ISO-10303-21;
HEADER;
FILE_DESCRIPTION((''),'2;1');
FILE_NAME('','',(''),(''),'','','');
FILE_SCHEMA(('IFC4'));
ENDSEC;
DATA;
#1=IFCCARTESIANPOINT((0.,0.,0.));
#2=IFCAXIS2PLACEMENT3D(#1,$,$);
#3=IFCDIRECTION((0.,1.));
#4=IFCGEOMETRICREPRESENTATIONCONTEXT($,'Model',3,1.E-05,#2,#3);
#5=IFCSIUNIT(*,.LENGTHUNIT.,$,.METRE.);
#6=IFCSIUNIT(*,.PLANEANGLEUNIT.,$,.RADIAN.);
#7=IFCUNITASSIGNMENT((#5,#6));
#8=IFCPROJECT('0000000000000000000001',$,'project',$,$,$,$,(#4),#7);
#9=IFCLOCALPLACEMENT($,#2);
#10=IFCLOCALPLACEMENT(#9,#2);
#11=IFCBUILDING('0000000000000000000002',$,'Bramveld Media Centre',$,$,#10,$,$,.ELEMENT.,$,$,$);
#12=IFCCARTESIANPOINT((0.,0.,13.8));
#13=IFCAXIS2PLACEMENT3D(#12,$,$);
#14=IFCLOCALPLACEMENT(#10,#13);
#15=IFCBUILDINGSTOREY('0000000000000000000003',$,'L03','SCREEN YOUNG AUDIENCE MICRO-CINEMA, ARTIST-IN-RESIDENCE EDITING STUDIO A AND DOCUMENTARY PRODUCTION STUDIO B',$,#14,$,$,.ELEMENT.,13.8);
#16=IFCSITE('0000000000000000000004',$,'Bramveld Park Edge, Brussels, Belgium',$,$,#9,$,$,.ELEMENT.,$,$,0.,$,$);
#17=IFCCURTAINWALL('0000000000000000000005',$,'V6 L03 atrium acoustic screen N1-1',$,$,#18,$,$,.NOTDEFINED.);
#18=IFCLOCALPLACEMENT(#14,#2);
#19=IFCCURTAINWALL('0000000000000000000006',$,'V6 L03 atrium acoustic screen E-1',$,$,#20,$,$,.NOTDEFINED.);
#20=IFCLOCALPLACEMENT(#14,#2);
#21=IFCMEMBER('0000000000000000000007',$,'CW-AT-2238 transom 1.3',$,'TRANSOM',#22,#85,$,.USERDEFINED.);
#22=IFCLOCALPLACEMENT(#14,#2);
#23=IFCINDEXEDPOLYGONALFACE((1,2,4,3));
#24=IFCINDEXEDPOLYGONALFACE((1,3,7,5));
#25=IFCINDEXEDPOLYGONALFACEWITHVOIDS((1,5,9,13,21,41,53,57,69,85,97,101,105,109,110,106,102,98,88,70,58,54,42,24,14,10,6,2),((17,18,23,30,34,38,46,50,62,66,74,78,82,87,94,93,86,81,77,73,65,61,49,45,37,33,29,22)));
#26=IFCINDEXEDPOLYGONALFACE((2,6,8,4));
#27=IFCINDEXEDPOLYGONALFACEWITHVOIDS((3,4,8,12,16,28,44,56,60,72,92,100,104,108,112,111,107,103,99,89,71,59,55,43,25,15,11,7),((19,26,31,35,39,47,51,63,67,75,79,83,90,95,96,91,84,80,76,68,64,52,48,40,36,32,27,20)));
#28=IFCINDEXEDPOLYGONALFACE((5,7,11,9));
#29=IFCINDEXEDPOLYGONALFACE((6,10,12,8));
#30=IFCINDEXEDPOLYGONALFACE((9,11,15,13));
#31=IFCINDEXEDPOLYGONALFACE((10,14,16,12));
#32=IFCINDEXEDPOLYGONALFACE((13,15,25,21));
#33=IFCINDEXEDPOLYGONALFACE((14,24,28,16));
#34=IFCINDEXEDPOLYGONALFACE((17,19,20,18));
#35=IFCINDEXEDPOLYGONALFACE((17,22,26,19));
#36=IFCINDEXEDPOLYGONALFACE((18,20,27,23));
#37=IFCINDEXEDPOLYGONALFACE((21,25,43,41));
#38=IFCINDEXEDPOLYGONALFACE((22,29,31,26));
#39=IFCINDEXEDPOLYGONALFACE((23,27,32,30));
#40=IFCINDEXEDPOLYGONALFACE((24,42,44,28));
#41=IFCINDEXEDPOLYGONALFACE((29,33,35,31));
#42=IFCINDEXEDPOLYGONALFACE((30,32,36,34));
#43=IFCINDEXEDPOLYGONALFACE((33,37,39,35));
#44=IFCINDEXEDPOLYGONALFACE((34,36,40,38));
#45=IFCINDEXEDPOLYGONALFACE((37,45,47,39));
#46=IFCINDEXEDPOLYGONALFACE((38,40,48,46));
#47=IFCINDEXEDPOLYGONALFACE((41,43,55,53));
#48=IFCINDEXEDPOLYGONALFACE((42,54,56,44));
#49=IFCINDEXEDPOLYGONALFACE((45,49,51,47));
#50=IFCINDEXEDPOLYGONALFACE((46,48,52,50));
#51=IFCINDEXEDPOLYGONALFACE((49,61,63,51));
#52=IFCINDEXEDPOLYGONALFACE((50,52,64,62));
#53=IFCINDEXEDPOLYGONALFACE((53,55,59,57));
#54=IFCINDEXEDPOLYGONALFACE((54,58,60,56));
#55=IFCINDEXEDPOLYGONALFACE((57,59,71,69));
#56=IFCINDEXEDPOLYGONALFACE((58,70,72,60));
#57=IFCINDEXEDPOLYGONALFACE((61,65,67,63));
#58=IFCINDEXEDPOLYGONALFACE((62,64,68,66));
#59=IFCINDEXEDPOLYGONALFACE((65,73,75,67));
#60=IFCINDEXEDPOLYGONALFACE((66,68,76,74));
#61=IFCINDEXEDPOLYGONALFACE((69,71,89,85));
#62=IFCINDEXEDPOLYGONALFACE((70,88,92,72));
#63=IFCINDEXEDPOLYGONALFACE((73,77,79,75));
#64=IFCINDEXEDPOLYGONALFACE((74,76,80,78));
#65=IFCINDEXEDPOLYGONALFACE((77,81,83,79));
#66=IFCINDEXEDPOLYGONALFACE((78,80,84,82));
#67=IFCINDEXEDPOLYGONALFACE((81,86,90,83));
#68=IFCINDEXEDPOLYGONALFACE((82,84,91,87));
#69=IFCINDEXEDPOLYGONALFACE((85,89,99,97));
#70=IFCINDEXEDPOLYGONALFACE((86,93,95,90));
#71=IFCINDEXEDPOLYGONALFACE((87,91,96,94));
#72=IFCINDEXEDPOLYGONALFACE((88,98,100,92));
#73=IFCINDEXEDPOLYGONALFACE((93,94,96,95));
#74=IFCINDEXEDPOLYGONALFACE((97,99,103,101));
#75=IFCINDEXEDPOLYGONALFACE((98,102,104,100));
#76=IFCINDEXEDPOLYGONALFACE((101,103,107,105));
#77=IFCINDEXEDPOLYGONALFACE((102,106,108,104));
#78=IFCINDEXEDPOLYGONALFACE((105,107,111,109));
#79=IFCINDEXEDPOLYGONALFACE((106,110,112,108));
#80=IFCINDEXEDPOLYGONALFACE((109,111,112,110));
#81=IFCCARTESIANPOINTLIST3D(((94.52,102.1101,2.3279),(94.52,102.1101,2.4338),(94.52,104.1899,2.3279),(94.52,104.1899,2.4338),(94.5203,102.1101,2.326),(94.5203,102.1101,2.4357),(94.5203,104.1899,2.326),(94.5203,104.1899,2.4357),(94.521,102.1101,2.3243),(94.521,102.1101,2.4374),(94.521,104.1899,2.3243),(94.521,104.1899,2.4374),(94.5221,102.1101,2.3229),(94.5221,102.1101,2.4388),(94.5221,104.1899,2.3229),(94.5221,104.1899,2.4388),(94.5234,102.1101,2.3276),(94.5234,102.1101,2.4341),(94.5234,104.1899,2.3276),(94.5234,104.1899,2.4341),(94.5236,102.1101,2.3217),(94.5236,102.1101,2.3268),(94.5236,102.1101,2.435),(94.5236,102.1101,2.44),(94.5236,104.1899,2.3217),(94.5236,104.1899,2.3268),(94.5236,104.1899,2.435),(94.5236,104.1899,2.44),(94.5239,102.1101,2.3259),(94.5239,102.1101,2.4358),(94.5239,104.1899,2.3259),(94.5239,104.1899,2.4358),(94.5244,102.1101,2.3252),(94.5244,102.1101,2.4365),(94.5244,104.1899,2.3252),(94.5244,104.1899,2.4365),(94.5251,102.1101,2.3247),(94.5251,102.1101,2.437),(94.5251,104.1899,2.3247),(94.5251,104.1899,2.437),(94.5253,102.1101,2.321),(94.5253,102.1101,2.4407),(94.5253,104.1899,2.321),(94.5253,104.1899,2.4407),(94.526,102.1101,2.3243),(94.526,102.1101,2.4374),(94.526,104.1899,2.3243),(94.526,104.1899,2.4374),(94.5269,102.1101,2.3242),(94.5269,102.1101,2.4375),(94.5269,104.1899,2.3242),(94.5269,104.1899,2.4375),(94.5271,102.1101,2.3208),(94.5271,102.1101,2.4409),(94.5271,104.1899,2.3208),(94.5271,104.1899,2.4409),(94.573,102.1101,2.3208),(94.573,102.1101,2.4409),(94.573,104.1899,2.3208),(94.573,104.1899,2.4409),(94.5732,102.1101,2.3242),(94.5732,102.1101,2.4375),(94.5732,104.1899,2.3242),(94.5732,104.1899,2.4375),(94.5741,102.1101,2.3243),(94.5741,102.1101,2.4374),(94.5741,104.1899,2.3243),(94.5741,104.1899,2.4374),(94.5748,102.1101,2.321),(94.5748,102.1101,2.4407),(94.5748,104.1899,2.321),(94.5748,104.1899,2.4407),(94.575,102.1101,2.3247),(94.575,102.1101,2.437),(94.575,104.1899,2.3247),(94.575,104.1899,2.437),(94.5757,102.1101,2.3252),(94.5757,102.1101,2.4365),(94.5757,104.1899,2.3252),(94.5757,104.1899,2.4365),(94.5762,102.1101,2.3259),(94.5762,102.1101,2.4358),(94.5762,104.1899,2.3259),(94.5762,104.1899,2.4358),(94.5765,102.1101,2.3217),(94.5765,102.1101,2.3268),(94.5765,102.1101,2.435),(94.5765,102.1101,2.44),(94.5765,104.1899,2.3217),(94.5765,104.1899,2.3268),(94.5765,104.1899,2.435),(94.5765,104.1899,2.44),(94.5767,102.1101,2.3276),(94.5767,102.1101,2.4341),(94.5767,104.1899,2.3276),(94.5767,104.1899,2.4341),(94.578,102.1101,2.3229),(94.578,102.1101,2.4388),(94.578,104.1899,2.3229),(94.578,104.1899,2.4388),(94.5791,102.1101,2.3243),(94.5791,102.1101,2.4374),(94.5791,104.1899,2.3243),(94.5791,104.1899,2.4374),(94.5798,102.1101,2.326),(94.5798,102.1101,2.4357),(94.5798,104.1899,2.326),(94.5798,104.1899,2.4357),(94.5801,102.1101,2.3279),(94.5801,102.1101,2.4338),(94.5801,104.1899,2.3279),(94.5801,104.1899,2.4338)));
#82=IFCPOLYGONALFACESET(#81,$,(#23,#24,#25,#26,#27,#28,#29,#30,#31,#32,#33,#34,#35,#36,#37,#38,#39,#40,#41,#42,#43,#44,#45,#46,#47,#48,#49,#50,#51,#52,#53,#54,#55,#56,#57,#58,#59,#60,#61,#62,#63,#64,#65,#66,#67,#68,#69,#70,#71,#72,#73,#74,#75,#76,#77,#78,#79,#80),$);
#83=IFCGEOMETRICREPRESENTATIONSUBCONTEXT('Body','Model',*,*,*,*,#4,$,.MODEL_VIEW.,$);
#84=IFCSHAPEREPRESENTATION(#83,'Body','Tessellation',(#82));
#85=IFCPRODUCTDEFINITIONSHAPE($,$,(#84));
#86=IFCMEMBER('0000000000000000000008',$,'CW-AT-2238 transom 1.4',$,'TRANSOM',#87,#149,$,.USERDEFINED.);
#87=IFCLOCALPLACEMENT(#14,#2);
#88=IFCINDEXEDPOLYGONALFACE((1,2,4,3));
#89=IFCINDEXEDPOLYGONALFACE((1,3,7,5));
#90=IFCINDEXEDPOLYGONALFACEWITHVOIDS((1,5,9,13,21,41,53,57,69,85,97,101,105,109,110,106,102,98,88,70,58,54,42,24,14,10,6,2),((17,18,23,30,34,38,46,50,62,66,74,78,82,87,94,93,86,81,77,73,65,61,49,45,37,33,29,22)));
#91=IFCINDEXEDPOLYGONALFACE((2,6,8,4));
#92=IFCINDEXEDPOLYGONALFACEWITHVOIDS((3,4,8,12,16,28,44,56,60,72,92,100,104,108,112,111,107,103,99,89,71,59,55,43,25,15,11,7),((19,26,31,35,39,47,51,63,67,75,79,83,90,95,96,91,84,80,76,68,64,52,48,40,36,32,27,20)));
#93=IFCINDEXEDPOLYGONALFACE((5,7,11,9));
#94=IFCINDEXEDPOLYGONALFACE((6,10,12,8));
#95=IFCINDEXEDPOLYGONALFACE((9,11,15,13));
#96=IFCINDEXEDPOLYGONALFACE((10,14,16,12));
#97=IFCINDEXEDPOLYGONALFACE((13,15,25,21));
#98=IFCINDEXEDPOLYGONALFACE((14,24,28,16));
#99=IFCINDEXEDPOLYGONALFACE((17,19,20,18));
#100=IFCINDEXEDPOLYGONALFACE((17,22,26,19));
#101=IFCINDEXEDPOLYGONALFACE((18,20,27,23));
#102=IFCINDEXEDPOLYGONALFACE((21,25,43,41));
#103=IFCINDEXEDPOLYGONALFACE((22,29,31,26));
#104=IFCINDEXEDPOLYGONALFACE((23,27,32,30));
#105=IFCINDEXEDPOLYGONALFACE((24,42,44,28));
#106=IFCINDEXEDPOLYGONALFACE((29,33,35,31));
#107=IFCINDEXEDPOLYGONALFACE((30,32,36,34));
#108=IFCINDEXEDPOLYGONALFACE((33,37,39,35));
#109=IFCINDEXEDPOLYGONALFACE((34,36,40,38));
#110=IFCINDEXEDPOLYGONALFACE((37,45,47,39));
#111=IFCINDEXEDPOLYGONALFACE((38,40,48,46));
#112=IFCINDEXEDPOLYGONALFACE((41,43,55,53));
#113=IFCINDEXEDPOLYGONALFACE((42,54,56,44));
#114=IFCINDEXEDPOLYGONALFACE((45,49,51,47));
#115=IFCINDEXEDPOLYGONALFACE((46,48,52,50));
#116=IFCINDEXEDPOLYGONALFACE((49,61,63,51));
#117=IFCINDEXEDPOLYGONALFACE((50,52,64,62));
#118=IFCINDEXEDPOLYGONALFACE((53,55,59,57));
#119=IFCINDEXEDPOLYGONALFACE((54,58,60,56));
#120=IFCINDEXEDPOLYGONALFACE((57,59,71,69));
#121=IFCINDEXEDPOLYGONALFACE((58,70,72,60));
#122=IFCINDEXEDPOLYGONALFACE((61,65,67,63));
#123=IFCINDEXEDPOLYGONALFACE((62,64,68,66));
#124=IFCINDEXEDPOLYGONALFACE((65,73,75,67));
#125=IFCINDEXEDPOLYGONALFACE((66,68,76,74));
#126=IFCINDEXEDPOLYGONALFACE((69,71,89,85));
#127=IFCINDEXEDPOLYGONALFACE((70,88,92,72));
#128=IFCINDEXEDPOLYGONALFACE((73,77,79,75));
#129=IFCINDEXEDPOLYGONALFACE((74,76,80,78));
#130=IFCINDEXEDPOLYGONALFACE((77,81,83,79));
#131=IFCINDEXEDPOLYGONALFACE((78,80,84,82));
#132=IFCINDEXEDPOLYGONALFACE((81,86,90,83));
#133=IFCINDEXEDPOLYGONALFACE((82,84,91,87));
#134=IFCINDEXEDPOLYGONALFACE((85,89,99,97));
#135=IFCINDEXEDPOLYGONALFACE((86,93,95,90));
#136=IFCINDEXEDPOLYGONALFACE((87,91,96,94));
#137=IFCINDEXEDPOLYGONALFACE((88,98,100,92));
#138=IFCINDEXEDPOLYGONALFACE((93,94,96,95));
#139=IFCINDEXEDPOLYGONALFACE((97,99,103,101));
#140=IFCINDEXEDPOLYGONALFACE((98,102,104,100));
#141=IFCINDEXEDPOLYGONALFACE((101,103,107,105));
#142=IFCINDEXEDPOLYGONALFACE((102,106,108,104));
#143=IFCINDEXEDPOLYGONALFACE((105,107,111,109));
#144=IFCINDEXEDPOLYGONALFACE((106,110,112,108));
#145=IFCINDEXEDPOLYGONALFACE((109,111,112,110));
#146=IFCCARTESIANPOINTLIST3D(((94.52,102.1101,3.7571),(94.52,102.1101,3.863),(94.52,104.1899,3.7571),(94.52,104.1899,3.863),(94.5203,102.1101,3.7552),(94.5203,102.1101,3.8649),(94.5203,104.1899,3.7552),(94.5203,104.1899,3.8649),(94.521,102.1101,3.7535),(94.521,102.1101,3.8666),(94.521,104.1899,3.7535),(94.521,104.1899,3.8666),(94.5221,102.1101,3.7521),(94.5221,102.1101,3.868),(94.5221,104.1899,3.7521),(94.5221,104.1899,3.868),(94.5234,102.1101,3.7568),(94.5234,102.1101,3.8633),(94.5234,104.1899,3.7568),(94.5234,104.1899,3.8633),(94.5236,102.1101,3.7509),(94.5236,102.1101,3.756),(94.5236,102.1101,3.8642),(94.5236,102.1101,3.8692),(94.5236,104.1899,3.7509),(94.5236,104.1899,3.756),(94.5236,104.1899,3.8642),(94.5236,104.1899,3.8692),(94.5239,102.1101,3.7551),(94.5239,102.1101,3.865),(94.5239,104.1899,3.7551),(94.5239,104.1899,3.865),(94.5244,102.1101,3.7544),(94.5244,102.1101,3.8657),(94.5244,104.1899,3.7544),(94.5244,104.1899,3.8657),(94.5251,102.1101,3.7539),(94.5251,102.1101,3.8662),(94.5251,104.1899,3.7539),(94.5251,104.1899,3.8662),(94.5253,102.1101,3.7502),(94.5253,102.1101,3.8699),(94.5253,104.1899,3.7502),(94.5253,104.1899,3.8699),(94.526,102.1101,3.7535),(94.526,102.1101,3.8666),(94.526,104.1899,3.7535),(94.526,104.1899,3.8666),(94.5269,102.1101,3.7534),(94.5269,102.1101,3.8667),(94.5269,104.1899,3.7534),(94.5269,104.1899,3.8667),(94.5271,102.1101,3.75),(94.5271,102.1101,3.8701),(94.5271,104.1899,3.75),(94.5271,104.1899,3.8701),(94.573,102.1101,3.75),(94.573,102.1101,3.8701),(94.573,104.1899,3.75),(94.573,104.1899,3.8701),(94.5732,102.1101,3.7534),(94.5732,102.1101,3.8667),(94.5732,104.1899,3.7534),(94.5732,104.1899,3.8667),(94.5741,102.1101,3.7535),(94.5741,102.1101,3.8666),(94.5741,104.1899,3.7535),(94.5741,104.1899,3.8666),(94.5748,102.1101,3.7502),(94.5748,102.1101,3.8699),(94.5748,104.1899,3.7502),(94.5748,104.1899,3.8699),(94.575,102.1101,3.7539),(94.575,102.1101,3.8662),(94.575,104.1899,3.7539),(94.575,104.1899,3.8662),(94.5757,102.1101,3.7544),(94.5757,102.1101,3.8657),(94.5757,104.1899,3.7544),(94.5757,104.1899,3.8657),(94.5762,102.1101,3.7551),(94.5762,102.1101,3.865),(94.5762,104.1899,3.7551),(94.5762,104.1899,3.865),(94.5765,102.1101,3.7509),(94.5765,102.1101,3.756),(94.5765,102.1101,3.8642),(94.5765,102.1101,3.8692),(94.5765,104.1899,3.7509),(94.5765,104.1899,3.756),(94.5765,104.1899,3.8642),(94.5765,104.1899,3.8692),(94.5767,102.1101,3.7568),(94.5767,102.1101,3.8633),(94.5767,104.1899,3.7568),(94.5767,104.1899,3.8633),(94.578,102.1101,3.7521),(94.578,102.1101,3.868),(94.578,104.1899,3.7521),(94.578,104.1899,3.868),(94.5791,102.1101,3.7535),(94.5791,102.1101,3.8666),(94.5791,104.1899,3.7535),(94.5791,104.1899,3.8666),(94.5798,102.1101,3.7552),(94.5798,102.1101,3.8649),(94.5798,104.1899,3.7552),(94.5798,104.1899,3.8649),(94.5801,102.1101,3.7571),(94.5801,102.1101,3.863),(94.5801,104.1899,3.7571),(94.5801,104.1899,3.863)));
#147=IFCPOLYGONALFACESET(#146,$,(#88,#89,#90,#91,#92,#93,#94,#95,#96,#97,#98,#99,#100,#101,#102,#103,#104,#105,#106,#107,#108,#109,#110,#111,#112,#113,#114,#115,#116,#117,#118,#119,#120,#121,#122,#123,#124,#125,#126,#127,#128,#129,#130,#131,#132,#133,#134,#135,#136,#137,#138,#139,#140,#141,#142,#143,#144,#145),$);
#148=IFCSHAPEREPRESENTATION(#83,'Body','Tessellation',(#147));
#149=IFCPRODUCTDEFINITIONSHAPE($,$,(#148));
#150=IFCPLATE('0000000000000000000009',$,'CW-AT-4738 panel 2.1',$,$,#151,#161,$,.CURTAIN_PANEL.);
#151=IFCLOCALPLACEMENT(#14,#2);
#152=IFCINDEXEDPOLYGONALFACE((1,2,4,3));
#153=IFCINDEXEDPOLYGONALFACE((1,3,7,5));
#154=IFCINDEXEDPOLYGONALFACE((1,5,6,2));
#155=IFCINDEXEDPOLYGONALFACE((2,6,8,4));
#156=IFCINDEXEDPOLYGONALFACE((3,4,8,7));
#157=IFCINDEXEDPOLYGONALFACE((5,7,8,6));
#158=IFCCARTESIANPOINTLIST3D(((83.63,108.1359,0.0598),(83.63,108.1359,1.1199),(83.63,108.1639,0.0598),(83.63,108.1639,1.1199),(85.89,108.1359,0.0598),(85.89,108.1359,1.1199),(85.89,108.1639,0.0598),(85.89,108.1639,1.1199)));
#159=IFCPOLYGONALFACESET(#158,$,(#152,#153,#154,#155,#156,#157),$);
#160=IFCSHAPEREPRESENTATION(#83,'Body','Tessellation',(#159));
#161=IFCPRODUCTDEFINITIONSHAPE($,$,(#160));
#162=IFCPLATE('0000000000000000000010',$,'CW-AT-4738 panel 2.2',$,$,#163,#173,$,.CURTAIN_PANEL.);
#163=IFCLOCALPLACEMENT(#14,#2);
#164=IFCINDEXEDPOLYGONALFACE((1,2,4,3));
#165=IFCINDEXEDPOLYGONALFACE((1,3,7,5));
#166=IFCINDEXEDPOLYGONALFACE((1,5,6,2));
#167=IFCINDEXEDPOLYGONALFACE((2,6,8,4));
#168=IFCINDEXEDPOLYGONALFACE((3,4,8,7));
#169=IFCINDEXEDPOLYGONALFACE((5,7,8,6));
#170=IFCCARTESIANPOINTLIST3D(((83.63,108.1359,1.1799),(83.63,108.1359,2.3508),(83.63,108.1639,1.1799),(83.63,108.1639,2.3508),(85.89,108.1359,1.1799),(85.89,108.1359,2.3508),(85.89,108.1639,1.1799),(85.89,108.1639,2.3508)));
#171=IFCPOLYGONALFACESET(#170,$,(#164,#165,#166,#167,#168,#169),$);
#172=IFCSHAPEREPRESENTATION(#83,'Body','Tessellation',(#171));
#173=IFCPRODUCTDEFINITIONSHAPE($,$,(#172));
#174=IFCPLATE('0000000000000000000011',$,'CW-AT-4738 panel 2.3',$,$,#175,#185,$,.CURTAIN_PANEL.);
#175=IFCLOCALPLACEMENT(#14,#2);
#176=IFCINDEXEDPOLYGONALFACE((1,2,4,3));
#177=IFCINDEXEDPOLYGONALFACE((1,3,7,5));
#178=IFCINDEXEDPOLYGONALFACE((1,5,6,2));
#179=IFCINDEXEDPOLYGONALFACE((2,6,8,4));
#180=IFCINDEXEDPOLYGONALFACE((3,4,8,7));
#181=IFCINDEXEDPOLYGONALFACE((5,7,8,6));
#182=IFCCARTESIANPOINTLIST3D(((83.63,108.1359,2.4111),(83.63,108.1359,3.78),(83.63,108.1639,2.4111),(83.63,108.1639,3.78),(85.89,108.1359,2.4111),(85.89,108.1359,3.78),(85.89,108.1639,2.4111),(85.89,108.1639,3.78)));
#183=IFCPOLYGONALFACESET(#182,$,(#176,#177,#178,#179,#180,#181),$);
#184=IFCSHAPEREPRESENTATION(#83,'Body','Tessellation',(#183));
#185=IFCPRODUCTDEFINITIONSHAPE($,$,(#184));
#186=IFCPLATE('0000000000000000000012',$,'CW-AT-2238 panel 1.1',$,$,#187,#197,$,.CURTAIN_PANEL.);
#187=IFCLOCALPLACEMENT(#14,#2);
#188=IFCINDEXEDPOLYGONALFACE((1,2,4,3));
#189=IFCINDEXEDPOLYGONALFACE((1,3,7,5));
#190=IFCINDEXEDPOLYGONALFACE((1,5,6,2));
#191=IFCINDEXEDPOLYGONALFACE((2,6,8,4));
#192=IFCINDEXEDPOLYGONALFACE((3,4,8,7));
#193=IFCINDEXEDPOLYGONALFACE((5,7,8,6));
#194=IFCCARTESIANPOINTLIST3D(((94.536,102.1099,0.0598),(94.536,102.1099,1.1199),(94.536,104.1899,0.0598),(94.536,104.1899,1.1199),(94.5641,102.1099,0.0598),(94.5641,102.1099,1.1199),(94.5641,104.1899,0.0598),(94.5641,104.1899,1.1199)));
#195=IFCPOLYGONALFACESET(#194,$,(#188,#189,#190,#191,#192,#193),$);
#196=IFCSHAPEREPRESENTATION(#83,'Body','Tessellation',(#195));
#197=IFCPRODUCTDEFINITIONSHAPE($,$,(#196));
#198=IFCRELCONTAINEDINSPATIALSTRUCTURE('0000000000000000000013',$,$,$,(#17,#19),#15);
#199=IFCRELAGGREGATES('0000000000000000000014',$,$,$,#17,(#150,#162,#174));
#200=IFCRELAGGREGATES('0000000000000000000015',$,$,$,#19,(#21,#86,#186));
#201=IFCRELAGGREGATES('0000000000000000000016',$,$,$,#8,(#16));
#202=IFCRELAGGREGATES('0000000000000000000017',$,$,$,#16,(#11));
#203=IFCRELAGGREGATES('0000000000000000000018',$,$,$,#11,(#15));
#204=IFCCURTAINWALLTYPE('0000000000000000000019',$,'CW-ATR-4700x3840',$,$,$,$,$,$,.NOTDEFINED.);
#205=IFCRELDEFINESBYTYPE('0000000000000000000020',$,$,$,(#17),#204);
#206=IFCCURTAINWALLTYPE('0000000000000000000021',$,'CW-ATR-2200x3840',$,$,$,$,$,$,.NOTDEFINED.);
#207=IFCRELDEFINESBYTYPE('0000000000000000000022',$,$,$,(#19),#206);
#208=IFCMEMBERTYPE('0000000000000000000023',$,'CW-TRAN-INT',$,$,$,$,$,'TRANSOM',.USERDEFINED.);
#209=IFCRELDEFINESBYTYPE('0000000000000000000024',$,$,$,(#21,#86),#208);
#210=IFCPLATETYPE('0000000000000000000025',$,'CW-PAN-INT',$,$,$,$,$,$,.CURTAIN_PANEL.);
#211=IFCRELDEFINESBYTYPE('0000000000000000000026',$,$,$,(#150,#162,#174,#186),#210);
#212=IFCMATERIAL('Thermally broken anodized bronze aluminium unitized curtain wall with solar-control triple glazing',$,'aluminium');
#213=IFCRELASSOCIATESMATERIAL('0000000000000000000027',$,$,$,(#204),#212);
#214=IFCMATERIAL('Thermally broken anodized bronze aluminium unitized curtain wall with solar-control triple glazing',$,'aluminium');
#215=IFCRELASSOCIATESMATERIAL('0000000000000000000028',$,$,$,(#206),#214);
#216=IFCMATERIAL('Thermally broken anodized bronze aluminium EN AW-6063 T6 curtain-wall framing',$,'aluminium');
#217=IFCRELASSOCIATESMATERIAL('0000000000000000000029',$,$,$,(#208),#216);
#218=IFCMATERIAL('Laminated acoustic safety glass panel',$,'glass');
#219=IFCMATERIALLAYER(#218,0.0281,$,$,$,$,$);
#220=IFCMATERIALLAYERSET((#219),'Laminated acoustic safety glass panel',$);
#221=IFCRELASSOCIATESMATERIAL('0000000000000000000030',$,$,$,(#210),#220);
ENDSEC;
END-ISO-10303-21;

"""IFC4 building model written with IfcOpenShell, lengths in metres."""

from ifc_helpers import new_model, si_unit, direction, frame, origin, origin_2d, place, context, subcontext, project, spatial, rectangle, hollow_rectangle, extrude, material, layer, layer_set, material_profile, profile_set, type_object, element, aggregate, save


model = new_model("IFC4")

# Units and contexts
model_context = context("Model", 3, precision=1e-05, world=origin(), true_north=direction((0.0, 1.0)))
body_context = subcontext(model_context, "Body", "Model", "MODEL_VIEW")
ifc_project = project(units=[si_unit("LENGTHUNIT", "METRE"), si_unit("PLANEANGLEUNIT", "RADIAN")], contexts=[model_context])

# Site, building, storey
site_placement = place(None, origin())
site = spatial("IfcSite", under=ifc_project, at=site_placement, Name="Bramveld Park Edge, Brussels, Belgium", CompositionType="ELEMENT", RefElevation=0.0)
building_placement = place(site_placement, origin())
building = spatial("IfcBuilding", under=site, at=building_placement, Name="Bramveld Media Centre", CompositionType="ELEMENT")
storey_placement = place(building_placement, frame((0.0, 0.0, 13.8)))
storey = spatial("IfcBuildingStorey", under=building, at=storey_placement, Name="L03", Description="SCREEN YOUNG AUDIENCE MICRO-CINEMA, ARTIST-IN-RESIDENCE EDITING STUDIO A AND DOCUMENTARY PRODUCTION STUDIO B", CompositionType="ELEMENT", Elevation=13.8)

# Curtain wall
ifc_material_1 = material(Name="Thermally broken anodized bronze aluminium unitized curtain wall with solar-control triple glazing", Category="aluminium")
curtain_wall_type_1 = type_object("IfcCurtainWallType", Name="CW-ATR-4700x3840", PredefinedType="NOTDEFINED", material=ifc_material_1)
curtain_wall_1_placement = place(storey_placement, origin())
curtain_wall_1 = element("IfcCurtainWall", 1, at=curtain_wall_1_placement, inside=storey, type_object=curtain_wall_type_1, Name="V6 L03 atrium acoustic screen N1-1", PredefinedType="NOTDEFINED")

# Curtain wall
ifc_material_2 = material(Name="Thermally broken anodized bronze aluminium unitized curtain wall with solar-control triple glazing", Category="aluminium")
curtain_wall_type_2 = type_object("IfcCurtainWallType", Name="CW-ATR-2200x3840", PredefinedType="NOTDEFINED", material=ifc_material_2)
curtain_wall_2_placement = place(storey_placement, origin())
curtain_wall_2 = element("IfcCurtainWall", 2, at=curtain_wall_2_placement, inside=storey, type_object=curtain_wall_type_2, Name="V6 L03 atrium acoustic screen E-1", PredefinedType="NOTDEFINED")

# Members
ifc_material_3 = material(Name="Thermally broken anodized bronze aluminium EN AW-6063 T6 curtain-wall framing", Category="aluminium")
ifc_material_profile_1 = material_profile(ifc_material_3, hollow_rectangle(XDim=0.0601, YDim=0.1201, WallThickness=0.0034, InnerFilletRadius=0.0034, OuterFilletRadius=0.0071, at=origin_2d()), Name="AL-TRAN 60x120")
ifc_profile_set_1 = profile_set([ifc_material_profile_1], Name="Thermally broken anodized bronze aluminium EN AW-6063 T6 curtain-wall framing")
member_type_1 = type_object("IfcMemberType", Name="CW-TRAN-INT", ElementType="TRANSOM", PredefinedType="USERDEFINED", material=ifc_profile_set_1)
member_1_placement = place(storey_placement, frame((94.55, 102.1101, 2.3809), z_axis=(0.0, 1.0, 0.0), x_axis=(-1.0, 0.0, 0.0)))
member_1 = element("IfcMember", 3, at=member_1_placement, type_object=member_type_1, Name="CW-AT-2238 transom 1.3", ObjectType="TRANSOM", PredefinedType="USERDEFINED", context=body_context, shape_type="SweptSolid", body=[
    extrude(hollow_rectangle(XDim=0.0601, YDim=0.1201, WallThickness=0.0034, InnerFilletRadius=0.0034, OuterFilletRadius=0.0071, at=origin_2d()), origin(), (0.0, 0.0, 1.0), 2.0798),
])
member_2_placement = place(storey_placement, frame((94.55, 102.1101, 3.8101), z_axis=(0.0, 1.0, 0.0), x_axis=(-1.0, 0.0, 0.0)))
member_2 = element("IfcMember", 4, at=member_2_placement, type_object=member_type_1, Name="CW-AT-2238 transom 1.4", ObjectType="TRANSOM", PredefinedType="USERDEFINED", context=body_context, shape_type="SweptSolid", body=[
    extrude(hollow_rectangle(XDim=0.0601, YDim=0.1201, WallThickness=0.0034, InnerFilletRadius=0.0034, OuterFilletRadius=0.0071, at=origin_2d()), origin(), (0.0, 0.0, 1.0), 2.0798),
])

# Plates
ifc_material_4 = material(Name="Laminated acoustic safety glass panel", Category="glass")
ifc_layer_1 = layer(ifc_material_4, 0.0281)
ifc_layer_set_1 = layer_set([ifc_layer_1], Name="Laminated acoustic safety glass panel")
plate_type = type_object("IfcPlateType", Name="CW-PAN-INT", PredefinedType="CURTAIN_PANEL", material=ifc_layer_set_1)
plate_1_placement = place(storey_placement, frame((84.76, 108.1499, 0.0598), z_axis=(0.0, 0.0, 1.0), x_axis=(1.0, 0.0, 0.0)))
plate_1 = element("IfcPlate", 5, at=plate_1_placement, type_object=plate_type, Name="CW-AT-4738 panel 2.1", PredefinedType="CURTAIN_PANEL", context=body_context, shape_type="SweptSolid", body=[
    extrude(rectangle(XDim=2.26, YDim=0.0281, at=origin_2d()), origin(), (0.0, 0.0, 1.0), 1.0601),
])
plate_2_placement = place(storey_placement, frame((84.76, 108.1499, 1.1799), z_axis=(0.0, 0.0, 1.0), x_axis=(1.0, 0.0, 0.0)))
plate_2 = element("IfcPlate", 6, at=plate_2_placement, type_object=plate_type, Name="CW-AT-4738 panel 2.2", PredefinedType="CURTAIN_PANEL", context=body_context, shape_type="SweptSolid", body=[
    extrude(rectangle(XDim=2.26, YDim=0.0281, at=origin_2d()), origin(), (0.0, 0.0, 1.0), 1.1709),
])
plate_3_placement = place(storey_placement, frame((84.76, 108.1499, 2.4111), z_axis=(0.0, 0.0, 1.0), x_axis=(1.0, 0.0, 0.0)))
plate_3 = element("IfcPlate", 7, at=plate_3_placement, type_object=plate_type, Name="CW-AT-4738 panel 2.3", PredefinedType="CURTAIN_PANEL", context=body_context, shape_type="SweptSolid", body=[
    extrude(rectangle(XDim=2.26, YDim=0.0281, at=origin_2d()), origin(), (0.0, 0.0, 1.0), 1.3689),
])
aggregate(curtain_wall_1, [plate_1, plate_2, plate_3])
plate_4_placement = place(storey_placement, frame((94.55, 103.1499, 0.0598), z_axis=(0.0, 0.0, 1.0), x_axis=(0.0, 1.0, 0.0)))
plate_4 = element("IfcPlate", 8, at=plate_4_placement, type_object=plate_type, Name="CW-AT-2238 panel 1.1", PredefinedType="CURTAIN_PANEL", context=body_context, shape_type="SweptSolid", body=[
    extrude(rectangle(XDim=2.0801, YDim=0.0281, at=origin_2d()), origin(), (0.0, 0.0, 1.0), 1.0601),
])
aggregate(curtain_wall_2, [member_1, member_2, plate_4])

save(model, "model.ifc")
